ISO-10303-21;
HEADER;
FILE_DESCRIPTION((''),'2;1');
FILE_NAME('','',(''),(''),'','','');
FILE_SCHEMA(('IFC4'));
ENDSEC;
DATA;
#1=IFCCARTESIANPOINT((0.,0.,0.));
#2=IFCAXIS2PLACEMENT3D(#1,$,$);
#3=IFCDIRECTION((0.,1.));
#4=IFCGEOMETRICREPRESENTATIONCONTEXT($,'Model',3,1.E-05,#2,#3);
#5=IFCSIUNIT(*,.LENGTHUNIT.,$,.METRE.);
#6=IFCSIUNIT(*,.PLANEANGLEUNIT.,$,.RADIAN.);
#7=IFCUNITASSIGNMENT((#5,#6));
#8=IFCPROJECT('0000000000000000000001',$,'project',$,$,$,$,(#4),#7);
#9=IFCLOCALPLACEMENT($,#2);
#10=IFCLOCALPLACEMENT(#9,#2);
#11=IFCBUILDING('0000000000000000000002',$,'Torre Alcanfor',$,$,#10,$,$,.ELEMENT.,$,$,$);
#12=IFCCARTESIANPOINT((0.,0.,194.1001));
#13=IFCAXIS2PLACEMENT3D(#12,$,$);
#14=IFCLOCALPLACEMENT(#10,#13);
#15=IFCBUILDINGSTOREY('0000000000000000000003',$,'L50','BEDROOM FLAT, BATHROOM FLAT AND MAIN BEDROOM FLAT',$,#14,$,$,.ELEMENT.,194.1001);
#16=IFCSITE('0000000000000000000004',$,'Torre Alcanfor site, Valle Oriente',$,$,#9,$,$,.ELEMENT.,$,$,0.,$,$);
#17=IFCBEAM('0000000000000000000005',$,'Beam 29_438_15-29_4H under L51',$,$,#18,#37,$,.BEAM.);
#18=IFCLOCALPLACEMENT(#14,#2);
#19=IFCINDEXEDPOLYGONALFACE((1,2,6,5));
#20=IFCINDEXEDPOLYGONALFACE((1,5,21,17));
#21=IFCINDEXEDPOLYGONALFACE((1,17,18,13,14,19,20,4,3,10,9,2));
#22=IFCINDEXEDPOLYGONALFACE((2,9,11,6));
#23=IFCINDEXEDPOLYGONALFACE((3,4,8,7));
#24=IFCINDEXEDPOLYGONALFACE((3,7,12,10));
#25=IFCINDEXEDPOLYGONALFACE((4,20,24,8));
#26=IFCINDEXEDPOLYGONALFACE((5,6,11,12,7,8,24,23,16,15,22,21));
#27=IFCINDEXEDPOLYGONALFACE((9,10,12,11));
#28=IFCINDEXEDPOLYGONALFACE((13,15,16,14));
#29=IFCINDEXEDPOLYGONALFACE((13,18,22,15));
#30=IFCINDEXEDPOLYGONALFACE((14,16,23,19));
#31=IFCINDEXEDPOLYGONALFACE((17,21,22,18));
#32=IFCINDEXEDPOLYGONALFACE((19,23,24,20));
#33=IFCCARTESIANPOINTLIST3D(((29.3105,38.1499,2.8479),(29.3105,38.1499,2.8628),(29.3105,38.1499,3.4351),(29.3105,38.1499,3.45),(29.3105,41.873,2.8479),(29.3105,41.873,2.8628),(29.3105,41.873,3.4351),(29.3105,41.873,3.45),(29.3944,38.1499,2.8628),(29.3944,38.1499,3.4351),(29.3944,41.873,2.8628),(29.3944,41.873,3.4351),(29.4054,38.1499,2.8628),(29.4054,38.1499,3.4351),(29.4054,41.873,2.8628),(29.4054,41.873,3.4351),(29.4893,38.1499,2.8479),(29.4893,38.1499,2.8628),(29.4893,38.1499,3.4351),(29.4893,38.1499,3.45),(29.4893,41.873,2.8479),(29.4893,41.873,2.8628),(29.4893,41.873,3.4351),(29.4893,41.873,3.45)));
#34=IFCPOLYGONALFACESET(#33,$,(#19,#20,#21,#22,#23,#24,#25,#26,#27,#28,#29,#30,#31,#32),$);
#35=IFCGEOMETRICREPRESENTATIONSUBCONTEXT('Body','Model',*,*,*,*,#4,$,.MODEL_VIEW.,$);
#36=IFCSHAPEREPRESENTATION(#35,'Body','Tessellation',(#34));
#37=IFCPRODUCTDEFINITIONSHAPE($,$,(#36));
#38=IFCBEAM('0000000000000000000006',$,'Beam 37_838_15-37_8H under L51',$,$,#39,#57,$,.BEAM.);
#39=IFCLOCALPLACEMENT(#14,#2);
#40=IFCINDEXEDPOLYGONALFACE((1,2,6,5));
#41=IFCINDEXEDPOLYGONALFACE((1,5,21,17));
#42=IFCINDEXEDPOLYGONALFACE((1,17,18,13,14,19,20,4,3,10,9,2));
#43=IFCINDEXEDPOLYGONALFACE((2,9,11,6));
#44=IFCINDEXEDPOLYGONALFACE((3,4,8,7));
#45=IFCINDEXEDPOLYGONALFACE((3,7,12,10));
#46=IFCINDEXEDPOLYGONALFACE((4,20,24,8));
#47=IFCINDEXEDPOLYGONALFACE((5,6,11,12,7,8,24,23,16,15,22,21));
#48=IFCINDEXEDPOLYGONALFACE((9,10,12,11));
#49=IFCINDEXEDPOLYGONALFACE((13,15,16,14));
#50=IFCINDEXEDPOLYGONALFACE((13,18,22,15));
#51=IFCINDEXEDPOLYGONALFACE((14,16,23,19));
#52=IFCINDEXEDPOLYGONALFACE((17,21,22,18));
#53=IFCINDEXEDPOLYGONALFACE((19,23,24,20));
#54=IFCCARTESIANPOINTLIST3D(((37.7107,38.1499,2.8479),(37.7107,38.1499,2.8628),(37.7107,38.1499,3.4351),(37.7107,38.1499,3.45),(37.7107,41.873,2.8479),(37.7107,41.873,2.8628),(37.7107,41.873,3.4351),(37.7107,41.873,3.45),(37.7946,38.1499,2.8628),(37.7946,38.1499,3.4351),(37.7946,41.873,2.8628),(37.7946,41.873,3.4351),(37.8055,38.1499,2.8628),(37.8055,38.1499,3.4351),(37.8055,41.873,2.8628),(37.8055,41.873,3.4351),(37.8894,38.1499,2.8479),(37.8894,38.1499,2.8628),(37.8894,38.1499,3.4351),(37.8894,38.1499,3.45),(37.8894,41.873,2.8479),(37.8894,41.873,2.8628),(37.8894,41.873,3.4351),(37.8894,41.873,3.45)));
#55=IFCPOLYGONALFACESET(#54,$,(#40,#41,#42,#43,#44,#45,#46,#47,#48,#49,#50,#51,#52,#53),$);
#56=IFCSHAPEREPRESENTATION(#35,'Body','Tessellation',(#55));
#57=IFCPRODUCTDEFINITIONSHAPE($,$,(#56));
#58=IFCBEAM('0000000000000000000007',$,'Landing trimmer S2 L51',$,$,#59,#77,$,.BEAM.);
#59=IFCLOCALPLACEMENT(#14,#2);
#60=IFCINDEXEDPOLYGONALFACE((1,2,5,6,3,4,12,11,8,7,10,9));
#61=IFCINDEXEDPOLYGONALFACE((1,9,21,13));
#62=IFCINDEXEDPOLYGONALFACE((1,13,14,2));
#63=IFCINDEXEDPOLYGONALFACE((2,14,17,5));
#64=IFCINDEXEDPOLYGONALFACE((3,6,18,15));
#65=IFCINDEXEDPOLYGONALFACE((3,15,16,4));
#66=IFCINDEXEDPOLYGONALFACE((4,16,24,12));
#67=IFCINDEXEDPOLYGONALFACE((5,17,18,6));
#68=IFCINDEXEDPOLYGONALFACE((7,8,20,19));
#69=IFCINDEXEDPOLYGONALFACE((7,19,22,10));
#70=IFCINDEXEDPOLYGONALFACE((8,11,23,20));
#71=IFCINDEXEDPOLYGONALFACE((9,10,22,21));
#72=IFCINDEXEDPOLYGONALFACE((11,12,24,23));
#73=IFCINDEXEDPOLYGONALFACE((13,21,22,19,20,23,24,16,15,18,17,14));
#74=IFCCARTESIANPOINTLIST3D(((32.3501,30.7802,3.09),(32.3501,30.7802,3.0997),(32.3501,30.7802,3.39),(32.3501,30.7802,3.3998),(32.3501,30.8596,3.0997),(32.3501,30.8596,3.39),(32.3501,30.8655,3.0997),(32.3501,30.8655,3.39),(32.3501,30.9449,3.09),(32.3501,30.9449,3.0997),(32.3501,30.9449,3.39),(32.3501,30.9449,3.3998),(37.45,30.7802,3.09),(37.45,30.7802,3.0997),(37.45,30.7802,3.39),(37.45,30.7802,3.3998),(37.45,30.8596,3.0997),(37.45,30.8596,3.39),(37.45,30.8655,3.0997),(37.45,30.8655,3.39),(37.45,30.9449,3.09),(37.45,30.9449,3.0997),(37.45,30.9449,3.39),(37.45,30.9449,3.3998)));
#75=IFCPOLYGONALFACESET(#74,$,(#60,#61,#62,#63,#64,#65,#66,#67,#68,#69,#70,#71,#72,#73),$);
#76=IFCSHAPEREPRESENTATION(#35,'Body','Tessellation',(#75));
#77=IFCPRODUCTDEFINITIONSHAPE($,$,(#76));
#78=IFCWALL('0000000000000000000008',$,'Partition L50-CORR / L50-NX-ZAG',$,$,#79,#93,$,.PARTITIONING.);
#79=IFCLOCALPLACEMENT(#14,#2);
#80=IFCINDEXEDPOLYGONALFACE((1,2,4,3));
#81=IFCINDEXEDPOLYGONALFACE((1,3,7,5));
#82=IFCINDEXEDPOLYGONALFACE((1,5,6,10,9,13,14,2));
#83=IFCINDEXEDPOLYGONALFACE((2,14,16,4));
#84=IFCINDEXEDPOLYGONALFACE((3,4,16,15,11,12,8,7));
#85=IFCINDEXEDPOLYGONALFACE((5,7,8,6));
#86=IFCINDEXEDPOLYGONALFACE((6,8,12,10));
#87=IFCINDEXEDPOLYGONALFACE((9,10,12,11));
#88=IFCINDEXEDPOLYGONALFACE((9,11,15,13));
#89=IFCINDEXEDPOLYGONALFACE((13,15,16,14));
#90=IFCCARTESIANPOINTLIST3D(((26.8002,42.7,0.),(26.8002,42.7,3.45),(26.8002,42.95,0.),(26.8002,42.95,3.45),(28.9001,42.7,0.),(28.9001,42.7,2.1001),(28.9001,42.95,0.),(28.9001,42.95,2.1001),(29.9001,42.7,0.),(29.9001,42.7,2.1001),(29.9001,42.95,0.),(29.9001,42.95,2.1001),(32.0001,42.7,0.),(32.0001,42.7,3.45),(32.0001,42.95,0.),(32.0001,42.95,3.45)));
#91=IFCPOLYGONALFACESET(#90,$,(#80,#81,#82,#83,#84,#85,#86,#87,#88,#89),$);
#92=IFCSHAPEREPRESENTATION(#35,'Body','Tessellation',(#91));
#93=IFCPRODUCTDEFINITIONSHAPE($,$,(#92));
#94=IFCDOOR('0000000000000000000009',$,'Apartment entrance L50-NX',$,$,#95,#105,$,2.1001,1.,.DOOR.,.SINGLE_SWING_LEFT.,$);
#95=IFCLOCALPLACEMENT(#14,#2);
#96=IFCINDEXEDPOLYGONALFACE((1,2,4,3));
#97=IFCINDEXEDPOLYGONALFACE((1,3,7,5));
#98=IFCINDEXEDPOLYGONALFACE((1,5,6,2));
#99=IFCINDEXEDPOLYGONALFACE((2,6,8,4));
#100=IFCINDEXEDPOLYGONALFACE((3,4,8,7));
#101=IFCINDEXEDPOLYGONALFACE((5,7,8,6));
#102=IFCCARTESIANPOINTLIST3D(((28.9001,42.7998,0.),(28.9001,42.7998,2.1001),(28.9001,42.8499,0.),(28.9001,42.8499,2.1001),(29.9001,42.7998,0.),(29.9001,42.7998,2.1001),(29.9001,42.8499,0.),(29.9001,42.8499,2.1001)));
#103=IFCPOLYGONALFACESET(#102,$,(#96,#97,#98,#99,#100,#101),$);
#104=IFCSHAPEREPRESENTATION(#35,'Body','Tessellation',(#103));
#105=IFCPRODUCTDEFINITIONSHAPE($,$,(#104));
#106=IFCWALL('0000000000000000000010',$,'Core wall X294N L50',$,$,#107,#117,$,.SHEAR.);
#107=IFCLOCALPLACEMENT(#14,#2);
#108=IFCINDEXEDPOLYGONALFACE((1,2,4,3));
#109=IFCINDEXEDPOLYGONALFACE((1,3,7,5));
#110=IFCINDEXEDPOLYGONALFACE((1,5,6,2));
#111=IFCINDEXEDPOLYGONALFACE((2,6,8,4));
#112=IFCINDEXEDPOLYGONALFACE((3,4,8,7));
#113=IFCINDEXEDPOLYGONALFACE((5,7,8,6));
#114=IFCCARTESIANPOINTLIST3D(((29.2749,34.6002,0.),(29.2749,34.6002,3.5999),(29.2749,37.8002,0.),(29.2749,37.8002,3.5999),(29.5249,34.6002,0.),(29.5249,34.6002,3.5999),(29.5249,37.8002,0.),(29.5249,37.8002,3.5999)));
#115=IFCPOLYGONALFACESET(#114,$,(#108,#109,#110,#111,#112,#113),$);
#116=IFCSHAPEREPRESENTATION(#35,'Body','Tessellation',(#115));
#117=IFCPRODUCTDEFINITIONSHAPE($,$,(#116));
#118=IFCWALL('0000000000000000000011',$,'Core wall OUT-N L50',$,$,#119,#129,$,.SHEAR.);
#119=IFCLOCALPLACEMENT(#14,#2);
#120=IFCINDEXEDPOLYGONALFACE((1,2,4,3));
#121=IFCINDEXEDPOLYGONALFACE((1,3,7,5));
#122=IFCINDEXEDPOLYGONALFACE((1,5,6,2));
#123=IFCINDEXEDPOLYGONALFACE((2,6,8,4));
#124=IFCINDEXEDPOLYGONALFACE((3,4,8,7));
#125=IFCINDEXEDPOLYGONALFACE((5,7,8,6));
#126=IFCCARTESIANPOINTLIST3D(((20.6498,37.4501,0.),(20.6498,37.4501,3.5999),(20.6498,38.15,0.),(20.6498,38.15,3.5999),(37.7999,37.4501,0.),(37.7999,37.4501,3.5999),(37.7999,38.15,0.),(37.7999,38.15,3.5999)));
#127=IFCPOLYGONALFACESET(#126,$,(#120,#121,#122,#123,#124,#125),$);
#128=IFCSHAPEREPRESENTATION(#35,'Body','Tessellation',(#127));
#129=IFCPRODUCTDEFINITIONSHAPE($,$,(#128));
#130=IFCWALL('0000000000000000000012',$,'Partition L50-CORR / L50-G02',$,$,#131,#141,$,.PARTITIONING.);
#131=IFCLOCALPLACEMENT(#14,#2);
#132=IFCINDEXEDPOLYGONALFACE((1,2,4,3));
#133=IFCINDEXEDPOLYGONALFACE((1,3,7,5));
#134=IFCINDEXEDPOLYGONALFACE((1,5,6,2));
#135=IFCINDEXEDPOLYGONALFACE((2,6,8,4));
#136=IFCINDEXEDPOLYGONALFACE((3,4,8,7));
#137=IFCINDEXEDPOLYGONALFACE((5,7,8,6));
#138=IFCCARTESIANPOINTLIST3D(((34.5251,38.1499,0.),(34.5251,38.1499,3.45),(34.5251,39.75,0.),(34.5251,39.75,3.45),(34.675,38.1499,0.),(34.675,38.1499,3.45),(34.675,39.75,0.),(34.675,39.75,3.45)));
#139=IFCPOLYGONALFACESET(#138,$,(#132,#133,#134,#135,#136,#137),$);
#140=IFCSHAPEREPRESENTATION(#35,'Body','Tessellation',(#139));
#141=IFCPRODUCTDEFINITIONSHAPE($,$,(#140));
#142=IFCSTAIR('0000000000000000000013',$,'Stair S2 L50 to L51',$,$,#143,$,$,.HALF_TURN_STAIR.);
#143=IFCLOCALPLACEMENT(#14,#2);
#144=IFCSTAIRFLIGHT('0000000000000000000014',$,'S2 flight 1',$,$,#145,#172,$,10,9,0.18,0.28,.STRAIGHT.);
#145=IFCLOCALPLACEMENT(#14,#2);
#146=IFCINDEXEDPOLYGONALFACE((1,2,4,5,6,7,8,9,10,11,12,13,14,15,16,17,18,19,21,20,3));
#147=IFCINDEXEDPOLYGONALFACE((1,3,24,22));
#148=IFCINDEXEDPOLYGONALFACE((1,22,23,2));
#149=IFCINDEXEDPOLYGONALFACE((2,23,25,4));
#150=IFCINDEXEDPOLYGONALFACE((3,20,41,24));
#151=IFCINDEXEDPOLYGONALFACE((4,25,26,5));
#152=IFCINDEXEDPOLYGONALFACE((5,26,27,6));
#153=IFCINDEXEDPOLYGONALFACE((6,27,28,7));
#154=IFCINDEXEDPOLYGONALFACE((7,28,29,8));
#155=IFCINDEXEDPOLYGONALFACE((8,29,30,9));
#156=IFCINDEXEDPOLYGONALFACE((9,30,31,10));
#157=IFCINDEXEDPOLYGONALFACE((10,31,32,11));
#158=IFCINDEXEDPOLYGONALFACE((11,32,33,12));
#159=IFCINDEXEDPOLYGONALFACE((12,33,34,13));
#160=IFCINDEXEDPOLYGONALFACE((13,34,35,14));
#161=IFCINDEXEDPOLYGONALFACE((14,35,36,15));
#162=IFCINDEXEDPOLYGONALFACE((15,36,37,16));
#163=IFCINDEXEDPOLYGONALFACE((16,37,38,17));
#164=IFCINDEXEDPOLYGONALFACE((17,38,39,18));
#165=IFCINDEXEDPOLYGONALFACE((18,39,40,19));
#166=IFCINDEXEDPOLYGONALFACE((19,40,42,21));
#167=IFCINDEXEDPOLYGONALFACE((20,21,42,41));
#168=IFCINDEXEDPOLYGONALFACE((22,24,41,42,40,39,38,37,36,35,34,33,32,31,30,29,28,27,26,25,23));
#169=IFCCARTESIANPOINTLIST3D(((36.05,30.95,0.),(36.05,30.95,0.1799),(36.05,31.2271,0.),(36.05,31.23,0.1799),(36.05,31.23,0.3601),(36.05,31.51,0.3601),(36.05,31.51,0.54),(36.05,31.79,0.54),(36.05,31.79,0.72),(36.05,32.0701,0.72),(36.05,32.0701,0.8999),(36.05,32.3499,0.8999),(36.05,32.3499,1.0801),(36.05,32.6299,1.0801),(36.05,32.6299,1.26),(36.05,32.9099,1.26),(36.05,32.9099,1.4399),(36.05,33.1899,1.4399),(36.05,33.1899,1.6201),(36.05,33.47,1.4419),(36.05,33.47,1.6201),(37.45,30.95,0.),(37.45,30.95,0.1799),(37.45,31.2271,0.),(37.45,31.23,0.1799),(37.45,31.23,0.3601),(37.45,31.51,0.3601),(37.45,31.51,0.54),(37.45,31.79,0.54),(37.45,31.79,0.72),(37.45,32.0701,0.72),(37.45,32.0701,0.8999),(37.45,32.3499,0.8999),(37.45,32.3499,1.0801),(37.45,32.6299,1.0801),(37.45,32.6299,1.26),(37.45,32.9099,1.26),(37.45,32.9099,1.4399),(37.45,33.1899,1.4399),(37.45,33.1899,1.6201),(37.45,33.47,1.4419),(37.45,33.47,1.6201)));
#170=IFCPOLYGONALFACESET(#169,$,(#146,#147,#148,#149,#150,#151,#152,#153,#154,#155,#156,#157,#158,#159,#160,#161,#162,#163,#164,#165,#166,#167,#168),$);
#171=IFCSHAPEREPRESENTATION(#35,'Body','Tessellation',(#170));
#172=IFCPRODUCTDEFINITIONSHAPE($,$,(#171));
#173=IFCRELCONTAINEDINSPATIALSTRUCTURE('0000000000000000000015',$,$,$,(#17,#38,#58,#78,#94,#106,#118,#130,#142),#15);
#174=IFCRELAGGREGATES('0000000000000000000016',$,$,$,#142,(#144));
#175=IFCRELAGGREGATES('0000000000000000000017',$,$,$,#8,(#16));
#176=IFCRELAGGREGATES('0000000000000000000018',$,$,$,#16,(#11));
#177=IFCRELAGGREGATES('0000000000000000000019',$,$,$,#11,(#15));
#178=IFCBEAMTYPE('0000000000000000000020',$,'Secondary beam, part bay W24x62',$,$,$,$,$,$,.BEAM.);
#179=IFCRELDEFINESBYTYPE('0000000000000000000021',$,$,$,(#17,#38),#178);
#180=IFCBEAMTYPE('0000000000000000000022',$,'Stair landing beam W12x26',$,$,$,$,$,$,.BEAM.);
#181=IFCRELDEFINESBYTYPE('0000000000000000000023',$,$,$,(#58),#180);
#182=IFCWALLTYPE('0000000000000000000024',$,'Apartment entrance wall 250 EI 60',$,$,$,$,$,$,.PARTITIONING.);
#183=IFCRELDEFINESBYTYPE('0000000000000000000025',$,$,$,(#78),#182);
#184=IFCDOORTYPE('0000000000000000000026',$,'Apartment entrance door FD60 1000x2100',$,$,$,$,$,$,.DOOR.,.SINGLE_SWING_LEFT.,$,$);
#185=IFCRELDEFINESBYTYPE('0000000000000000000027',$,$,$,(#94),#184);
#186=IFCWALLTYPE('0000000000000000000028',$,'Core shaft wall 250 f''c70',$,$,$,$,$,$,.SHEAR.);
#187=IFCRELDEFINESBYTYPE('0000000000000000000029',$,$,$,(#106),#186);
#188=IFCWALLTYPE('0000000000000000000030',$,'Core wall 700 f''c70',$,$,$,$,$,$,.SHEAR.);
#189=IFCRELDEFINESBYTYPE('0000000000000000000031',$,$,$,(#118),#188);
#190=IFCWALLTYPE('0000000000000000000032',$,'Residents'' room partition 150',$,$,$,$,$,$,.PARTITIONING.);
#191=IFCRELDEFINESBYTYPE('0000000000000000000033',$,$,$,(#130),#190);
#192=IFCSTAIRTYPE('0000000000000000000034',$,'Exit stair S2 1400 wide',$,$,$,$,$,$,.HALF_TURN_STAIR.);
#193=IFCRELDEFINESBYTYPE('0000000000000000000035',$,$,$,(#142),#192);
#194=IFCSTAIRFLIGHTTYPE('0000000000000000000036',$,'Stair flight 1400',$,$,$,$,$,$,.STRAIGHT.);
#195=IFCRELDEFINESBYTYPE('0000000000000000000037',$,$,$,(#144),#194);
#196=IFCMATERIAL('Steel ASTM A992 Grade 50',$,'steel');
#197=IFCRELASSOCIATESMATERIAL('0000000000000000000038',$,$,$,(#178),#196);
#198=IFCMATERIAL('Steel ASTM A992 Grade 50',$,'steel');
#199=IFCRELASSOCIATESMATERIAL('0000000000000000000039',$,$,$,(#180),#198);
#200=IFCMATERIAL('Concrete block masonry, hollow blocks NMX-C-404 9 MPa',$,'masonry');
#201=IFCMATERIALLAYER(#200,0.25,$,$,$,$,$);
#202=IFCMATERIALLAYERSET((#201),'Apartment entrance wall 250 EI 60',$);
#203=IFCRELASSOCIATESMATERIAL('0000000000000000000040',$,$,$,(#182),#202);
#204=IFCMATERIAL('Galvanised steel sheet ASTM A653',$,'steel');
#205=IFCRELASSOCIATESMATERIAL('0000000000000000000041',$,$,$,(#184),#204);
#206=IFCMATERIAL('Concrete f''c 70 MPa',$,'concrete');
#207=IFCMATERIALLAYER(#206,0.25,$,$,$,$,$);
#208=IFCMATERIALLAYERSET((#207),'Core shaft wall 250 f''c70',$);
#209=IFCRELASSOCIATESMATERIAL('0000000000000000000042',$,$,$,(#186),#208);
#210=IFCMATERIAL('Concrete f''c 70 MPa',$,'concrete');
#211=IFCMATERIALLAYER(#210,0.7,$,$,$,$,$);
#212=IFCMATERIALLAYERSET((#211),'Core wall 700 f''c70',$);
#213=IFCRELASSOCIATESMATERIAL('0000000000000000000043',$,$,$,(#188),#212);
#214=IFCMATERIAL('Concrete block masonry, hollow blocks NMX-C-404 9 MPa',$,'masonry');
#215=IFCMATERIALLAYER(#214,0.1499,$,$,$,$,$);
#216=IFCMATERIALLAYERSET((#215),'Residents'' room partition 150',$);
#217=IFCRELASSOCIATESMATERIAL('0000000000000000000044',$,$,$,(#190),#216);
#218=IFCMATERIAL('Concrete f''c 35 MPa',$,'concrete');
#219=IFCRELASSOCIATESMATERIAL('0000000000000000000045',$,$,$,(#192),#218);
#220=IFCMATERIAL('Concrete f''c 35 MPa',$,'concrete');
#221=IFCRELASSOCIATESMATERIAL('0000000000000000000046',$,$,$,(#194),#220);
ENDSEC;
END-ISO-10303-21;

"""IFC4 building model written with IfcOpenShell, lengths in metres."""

from ifc_helpers import new_model, si_unit, direction, frame, frame_2d, origin, origin_2d, place, context, subcontext, project, spatial, polyline, rectangle, i_section, outline, extrude, material, layer, layer_set, material_profile, profile_set, type_object, element, fill, aggregate, save


model = new_model("IFC4")

# Units and contexts
model_context = context("Model", 3, precision=1e-05, world=origin(), true_north=direction((0.0, 1.0)))
body_context = subcontext(model_context, "Body", "Model", "MODEL_VIEW")
ifc_project = project(units=[si_unit("LENGTHUNIT", "METRE"), si_unit("PLANEANGLEUNIT", "RADIAN")], contexts=[model_context])

# Site, building, storey
site_placement = place(None, origin())
site = spatial("IfcSite", under=ifc_project, at=site_placement, Name="Torre Alcanfor site, Valle Oriente", CompositionType="ELEMENT", RefElevation=0.0)
building_placement = place(site_placement, origin())
building = spatial("IfcBuilding", under=site, at=building_placement, Name="Torre Alcanfor", CompositionType="ELEMENT")
storey_placement = place(building_placement, frame((0.0, 0.0, 194.1001)))
storey = spatial("IfcBuildingStorey", under=building, at=storey_placement, Name="L50", Description="BEDROOM FLAT, BATHROOM FLAT AND MAIN BEDROOM FLAT", CompositionType="ELEMENT", Elevation=194.1001)

# Beams
ifc_material_1 = material(Name="Steel ASTM A992 Grade 50", Category="steel")
ifc_material_profile_1 = material_profile(ifc_material_1, i_section(OverallWidth=0.1787, OverallDepth=0.6021, WebThickness=0.011, FlangeThickness=0.0149, at=origin_2d()), Name="W24x62")
ifc_profile_set_1 = profile_set([ifc_material_profile_1], Name="Steel ASTM A992 Grade 50")
beam_type_1 = type_object("IfcBeamType", Name="Secondary beam, part bay W24x62", PredefinedType="BEAM", material=ifc_profile_set_1)
for number, where, z_axis, x_axis, name in (
    (1, (29.3999, 38.1499, 3.1489), (0.0, 1.0, 0.0), (-1.0, 0.0, 0.0), "Beam 29_438_15-29_4H under L51"),
    (2, (37.8, 38.1499, 3.1489), (0.0, 1.0, 0.0), (-1.0, 0.0, 0.0), "Beam 37_838_15-37_8H under L51"),
):
    element("IfcBeam", number, at=place(storey_placement, frame(where, z_axis=z_axis, x_axis=x_axis)), inside=storey, type_object=beam_type_1, Name=name, PredefinedType="BEAM", context=body_context, shape_type="SweptSolid", body=[
        extrude(i_section(OverallWidth=0.1787, OverallDepth=0.6021, WebThickness=0.011, FlangeThickness=0.0149, at=origin_2d()), origin(), (0.0, 0.0, 1.0), 3.7231),
    ])
ifc_material_2 = material(Name="Steel ASTM A992 Grade 50", Category="steel")
ifc_material_profile_2 = material_profile(ifc_material_2, i_section(OverallWidth=0.1648, OverallDepth=0.3098, WebThickness=0.0059, FlangeThickness=0.0098, at=origin_2d()), Name="W12x26")
ifc_profile_set_2 = profile_set([ifc_material_profile_2], Name="Steel ASTM A992 Grade 50")
beam_type_2 = type_object("IfcBeamType", Name="Stair landing beam W12x26", PredefinedType="BEAM", material=ifc_profile_set_2)
beam_1_placement = place(storey_placement, frame((32.3501, 30.8625, 3.2449), z_axis=(1.0, 0.0, 0.0), x_axis=(0.0, 1.0, 0.0)))
element("IfcBeam", 3, at=beam_1_placement, inside=storey, type_object=beam_type_2, Name="Landing trimmer S2 L51", PredefinedType="BEAM", context=body_context, shape_type="SweptSolid", body=[
    extrude(i_section(OverallWidth=0.1648, OverallDepth=0.3098, WebThickness=0.0059, FlangeThickness=0.0098, at=origin_2d()), origin(), (0.0, 0.0, 1.0), 5.0999),
])

# Wall, opening, door
ifc_material_3 = material(Name="Concrete block masonry, hollow blocks NMX-C-404 9 MPa", Category="masonry")
ifc_layer_1 = layer(ifc_material_3, 0.25)
ifc_layer_set_1 = layer_set([ifc_layer_1], Name="Apartment entrance wall 250 EI 60")
wall_type_1 = type_object("IfcWallType", Name="Apartment entrance wall 250 EI 60", PredefinedType="PARTITIONING", material=ifc_layer_set_1)
wall_1_placement = place(storey_placement, frame((26.8, 42.825, 0.0), z_axis=(0.0, 0.0, 1.0), x_axis=(1.0, 0.0, 0.0)))
wall_1 = element("IfcWall", 4, at=wall_1_placement, inside=storey, type_object=wall_type_1, Name="Partition L50-CORR / L50-NX-ZAG", PredefinedType="PARTITIONING", context=body_context, shape_type="SweptSolid", body=[
    extrude(rectangle(XDim=5.2, YDim=0.25, at=frame_2d((2.6001, 0.0))), origin(), (0.0, 0.0, 1.0), 3.45),
])
opening_placement = place(wall_1_placement, frame((2.1001, 0.0, 0.0)))
opening = element("IfcOpeningElement", 5, at=opening_placement, cuts=wall_1, PredefinedType="OPENING", context=body_context, shape_type="SweptSolid", body=[
    extrude(rectangle(XDim=1.0, YDim=2.1001, at=frame_2d((0.5, 1.05))), frame((0.0, 0.135, 0.0), z_axis=(0.0, -1.0, 0.0), x_axis=(1.0, 0.0, 0.0)), (0.0, 0.0, 1.0), 0.27),
])
ifc_material_4 = material(Name="Galvanised steel sheet ASTM A653", Category="steel")
door_type = type_object("IfcDoorType", Name="Apartment entrance door FD60 1000x2100", OperationType="SINGLE_SWING_LEFT", PredefinedType="DOOR", material=ifc_material_4)
door_placement = place(opening_placement, origin())
door = element("IfcDoor", 6, at=door_placement, inside=storey, type_object=door_type, Name="Apartment entrance L50-NX", OperationType="SINGLE_SWING_LEFT", OverallHeight=2.1001, OverallWidth=1.0, PredefinedType="DOOR", context=body_context, shape_type="SweptSolid", body=[
    extrude(rectangle(XDim=1.0, YDim=2.1001, at=frame_2d((0.5, 1.05))), frame((0.0, 0.0249, 0.0), z_axis=(0.0, -1.0, 0.0), x_axis=(1.0, 0.0, 0.0)), (0.0, 0.0, 1.0), 0.05),
])
fill(opening, door)

# Walls
ifc_material_5 = material(Name="Concrete f'c 70 MPa", Category="concrete")
ifc_layer_2 = layer(ifc_material_5, 0.25)
ifc_layer_set_2 = layer_set([ifc_layer_2], Name="Core shaft wall 250 f'c70")
wall_type_2 = type_object("IfcWallType", Name="Core shaft wall 250 f'c70", PredefinedType="SHEAR", material=ifc_layer_set_2)
wall_2_placement = place(storey_placement, frame((29.3999, 34.6001, 0.0), z_axis=(0.0, 0.0, 1.0), x_axis=(0.0, 1.0, 0.0)))
element("IfcWall", 7, at=wall_2_placement, inside=storey, type_object=wall_type_2, Name="Core wall X294N L50", PredefinedType="SHEAR", context=body_context, shape_type="SweptSolid", body=[
    extrude(rectangle(XDim=3.2, YDim=0.25, at=frame_2d((1.6001, 0.0))), origin(), (0.0, 0.0, 1.0), 3.5999),
])
ifc_material_6 = material(Name="Concrete f'c 70 MPa", Category="concrete")
ifc_layer_3 = layer(ifc_material_6, 0.7)
ifc_layer_set_3 = layer_set([ifc_layer_3], Name="Core wall 700 f'c70")
wall_type_3 = type_object("IfcWallType", Name="Core wall 700 f'c70", PredefinedType="SHEAR", material=ifc_layer_set_3)
wall_3_placement = place(storey_placement, frame((37.8, 37.8, 0.0), z_axis=(0.0, 0.0, 1.0), x_axis=(-1.0, 0.0, 0.0)))
element("IfcWall", 8, at=wall_3_placement, inside=storey, type_object=wall_type_3, Name="Core wall OUT-N L50", PredefinedType="SHEAR", context=body_context, shape_type="SweptSolid", body=[
    extrude(rectangle(XDim=17.1501, YDim=0.7, at=frame_2d((8.5752, 0.0))), origin(), (0.0, 0.0, 1.0), 3.5999),
])
ifc_material_7 = material(Name="Concrete block masonry, hollow blocks NMX-C-404 9 MPa", Category="masonry")
ifc_layer_4 = layer(ifc_material_7, 0.1499)
ifc_layer_set_4 = layer_set([ifc_layer_4], Name="Residents' room partition 150")
wall_type_4 = type_object("IfcWallType", Name="Residents' room partition 150", PredefinedType="PARTITIONING", material=ifc_layer_set_4)
wall_4_placement = place(storey_placement, frame((34.6001, 39.75, 0.0), z_axis=(0.0, 0.0, 1.0), x_axis=(0.0, -1.0, 0.0)))
element("IfcWall", 9, at=wall_4_placement, inside=storey, type_object=wall_type_4, Name="Partition L50-CORR / L50-G02", PredefinedType="PARTITIONING", context=body_context, shape_type="SweptSolid", body=[
    extrude(rectangle(XDim=1.6001, YDim=0.1499, at=frame_2d((0.8, 0.0))), origin(), (0.0, 0.0, 1.0), 3.45),
])

# Stair, stair flight
ifc_material_8 = material(Name="Concrete f'c 35 MPa", Category="concrete")
stair_type = type_object("IfcStairType", Name="Exit stair S2 1400 wide", PredefinedType="HALF_TURN_STAIR", material=ifc_material_8)
stair_placement = place(storey_placement, origin())
stair = element("IfcStair", 10, at=stair_placement, inside=storey, type_object=stair_type, Name="Stair S2 L50 to L51", PredefinedType="HALF_TURN_STAIR")
ifc_material_9 = material(Name="Concrete f'c 35 MPa", Category="concrete")
stair_flight_type = type_object("IfcStairFlightType", Name="Stair flight 1400", PredefinedType="STRAIGHT", material=ifc_material_9)
stair_flight_1_placement = place(storey_placement, frame((36.75, 30.95, 0.0), z_axis=(0.0, 0.0, 1.0), x_axis=(0.0, 1.0, 0.0)))
stair_flight_1 = element("IfcStairFlight", 11, at=stair_flight_1_placement, type_object=stair_flight_type, Name="S2 flight 1", NumberOfRisers=10, NumberOfTreads=9, PredefinedType="STRAIGHT", RiserHeight=0.18, TreadLength=0.28, context=body_context, shape_type="SweptSolid", body=[
    extrude(outline(polyline([(0.0, 0.0), (0.0, 0.1799), (0.28, 0.1799), (0.28, 0.3601), (0.5601, 0.3601), (0.5601, 0.54), (0.8401, 0.54), (0.8401, 0.72), (1.1201, 0.72), (1.1201, 0.8999), (1.3999, 0.8999), (1.3999, 1.0801), (1.6799, 1.0801), (1.6799, 1.26), (1.96, 1.26), (1.96, 1.4399), (2.24, 1.4399), (2.24, 1.6201), (2.52, 1.6201), (2.52, 1.8), (2.52, 1.4419), (0.2771, 0.0), (0.0, 0.0)])), frame((0.0, 0.7, 0.0), z_axis=(0.0, -1.0, 0.0), x_axis=(1.0, 0.0, 0.0)), (0.0, 0.0, 1.0), 1.3999),
])
aggregate(stair, [stair_flight_1])

save(model, "model.ifc")
